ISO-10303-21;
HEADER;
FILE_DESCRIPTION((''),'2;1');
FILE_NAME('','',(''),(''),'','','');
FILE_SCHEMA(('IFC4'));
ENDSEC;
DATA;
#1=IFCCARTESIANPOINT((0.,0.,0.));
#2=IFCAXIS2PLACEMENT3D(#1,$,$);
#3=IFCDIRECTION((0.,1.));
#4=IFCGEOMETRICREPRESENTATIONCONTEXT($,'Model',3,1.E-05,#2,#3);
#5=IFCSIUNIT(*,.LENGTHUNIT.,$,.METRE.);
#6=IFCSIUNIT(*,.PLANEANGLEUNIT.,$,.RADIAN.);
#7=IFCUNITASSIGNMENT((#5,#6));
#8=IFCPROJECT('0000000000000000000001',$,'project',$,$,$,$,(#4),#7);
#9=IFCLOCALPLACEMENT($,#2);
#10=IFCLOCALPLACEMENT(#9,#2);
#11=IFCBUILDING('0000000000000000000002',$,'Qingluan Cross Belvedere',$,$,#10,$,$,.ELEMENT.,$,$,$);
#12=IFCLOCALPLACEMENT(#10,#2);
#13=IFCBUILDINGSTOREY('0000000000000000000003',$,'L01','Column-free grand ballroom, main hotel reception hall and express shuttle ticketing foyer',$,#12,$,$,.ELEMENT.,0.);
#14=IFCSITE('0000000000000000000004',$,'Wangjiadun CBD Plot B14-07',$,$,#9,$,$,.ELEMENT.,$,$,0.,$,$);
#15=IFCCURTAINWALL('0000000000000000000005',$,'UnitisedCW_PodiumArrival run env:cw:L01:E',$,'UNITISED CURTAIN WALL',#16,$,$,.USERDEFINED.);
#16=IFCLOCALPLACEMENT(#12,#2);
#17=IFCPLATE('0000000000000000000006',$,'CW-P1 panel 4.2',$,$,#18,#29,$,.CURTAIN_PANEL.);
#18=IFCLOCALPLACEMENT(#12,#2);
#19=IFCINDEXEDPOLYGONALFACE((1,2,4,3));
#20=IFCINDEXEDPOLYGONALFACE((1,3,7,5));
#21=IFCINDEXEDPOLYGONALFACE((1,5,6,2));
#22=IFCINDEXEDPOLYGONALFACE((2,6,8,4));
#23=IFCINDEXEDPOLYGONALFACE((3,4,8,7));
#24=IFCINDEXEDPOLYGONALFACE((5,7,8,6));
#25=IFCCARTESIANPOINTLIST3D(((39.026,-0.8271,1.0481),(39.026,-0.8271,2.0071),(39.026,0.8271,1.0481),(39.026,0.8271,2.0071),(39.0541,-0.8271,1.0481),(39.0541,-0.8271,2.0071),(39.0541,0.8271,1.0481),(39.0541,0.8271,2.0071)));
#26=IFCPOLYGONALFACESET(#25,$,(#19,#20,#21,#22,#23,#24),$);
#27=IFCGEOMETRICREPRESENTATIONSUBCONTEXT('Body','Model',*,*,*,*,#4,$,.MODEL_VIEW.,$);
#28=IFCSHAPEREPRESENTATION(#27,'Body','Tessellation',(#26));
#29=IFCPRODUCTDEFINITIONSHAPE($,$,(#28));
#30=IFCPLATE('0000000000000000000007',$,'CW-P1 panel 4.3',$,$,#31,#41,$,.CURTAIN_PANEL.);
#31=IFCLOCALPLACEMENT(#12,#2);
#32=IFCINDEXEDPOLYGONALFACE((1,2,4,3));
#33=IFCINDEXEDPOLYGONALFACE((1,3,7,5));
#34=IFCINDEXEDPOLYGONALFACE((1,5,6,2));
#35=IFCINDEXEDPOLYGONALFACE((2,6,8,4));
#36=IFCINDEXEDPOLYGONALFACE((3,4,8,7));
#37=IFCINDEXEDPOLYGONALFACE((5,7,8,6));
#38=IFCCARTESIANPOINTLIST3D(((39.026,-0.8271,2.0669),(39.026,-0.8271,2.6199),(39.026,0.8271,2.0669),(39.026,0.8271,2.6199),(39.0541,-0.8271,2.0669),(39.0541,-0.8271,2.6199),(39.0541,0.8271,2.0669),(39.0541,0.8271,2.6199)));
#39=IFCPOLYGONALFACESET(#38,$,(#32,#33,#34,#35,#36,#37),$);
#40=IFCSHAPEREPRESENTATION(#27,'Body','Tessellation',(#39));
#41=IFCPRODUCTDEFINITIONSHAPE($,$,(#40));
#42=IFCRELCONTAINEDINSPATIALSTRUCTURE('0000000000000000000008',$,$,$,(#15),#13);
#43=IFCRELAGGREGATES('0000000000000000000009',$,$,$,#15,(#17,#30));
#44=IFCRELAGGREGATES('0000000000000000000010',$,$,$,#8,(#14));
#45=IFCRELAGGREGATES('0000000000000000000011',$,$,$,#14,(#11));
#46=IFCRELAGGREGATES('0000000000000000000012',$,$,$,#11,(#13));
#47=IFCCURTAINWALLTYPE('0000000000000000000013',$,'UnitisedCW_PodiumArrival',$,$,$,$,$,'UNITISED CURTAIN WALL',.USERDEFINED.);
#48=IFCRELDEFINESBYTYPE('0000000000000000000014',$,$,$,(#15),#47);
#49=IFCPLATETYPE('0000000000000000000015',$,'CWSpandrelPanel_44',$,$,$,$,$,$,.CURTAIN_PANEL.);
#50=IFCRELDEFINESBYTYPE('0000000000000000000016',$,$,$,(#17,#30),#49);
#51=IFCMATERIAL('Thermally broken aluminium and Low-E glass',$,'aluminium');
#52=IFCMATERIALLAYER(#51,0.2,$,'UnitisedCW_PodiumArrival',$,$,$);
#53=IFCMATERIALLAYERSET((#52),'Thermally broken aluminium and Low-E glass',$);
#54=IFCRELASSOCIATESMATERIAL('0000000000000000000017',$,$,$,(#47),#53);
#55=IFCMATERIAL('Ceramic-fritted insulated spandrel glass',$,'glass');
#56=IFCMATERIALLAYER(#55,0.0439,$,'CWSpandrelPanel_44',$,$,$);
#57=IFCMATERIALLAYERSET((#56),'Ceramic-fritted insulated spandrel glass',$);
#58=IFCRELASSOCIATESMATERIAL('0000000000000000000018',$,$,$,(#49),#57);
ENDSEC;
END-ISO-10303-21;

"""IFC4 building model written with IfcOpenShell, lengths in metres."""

from ifc_helpers import new_model, si_unit, direction, frame, origin, origin_2d, place, context, subcontext, project, spatial, rectangle, extrude, material, layer, layer_set, type_object, element, aggregate, save


model = new_model("IFC4")

# Units and contexts
model_context = context("Model", 3, precision=1e-05, world=origin(), true_north=direction((0.0, 1.0)))
body_context = subcontext(model_context, "Body", "Model", "MODEL_VIEW")
ifc_project = project(units=[si_unit("LENGTHUNIT", "METRE"), si_unit("PLANEANGLEUNIT", "RADIAN")], contexts=[model_context])

# Site, building, storey
site_placement = place(None, origin())
site = spatial("IfcSite", under=ifc_project, at=site_placement, Name="Wangjiadun CBD Plot B14-07", CompositionType="ELEMENT", RefElevation=0.0)
building_placement = place(site_placement, origin())
building = spatial("IfcBuilding", under=site, at=building_placement, Name="Qingluan Cross Belvedere", CompositionType="ELEMENT")
storey_placement = place(building_placement, origin())
storey = spatial("IfcBuildingStorey", under=building, at=storey_placement, Name="L01", Description="Column-free grand ballroom, main hotel reception hall and express shuttle ticketing foyer", CompositionType="ELEMENT", Elevation=0.0)

# Curtain wall, plates
ifc_material_1 = material(Name="Thermally broken aluminium and Low-E glass", Category="aluminium")
ifc_layer_1 = layer(ifc_material_1, 0.2, Name="UnitisedCW_PodiumArrival")
ifc_layer_set_1 = layer_set([ifc_layer_1], Name="Thermally broken aluminium and Low-E glass")
curtain_wall_type = type_object("IfcCurtainWallType", Name="UnitisedCW_PodiumArrival", ElementType="UNITISED CURTAIN WALL", PredefinedType="USERDEFINED", material=ifc_layer_set_1)
curtain_wall_placement = place(storey_placement, origin())
curtain_wall = element("IfcCurtainWall", 1, at=curtain_wall_placement, inside=storey, type_object=curtain_wall_type, Name="UnitisedCW_PodiumArrival run env:cw:L01:E", ObjectType="UNITISED CURTAIN WALL", PredefinedType="USERDEFINED")
ifc_material_2 = material(Name="Ceramic-fritted insulated spandrel glass", Category="glass")
ifc_layer_2 = layer(ifc_material_2, 0.0439, Name="CWSpandrelPanel_44")
ifc_layer_set_2 = layer_set([ifc_layer_2], Name="Ceramic-fritted insulated spandrel glass")
plate_type = type_object("IfcPlateType", Name="CWSpandrelPanel_44", PredefinedType="CURTAIN_PANEL", material=ifc_layer_set_2)
plate_1_placement = place(storey_placement, frame((39.04, 0.0, 1.0481), z_axis=(0.0, 0.0, 1.0), x_axis=(0.0, -1.0, 0.0)))
plate_1 = element("IfcPlate", 2, at=plate_1_placement, type_object=plate_type, Name="CW-P1 panel 4.2", PredefinedType="CURTAIN_PANEL", context=body_context, shape_type="SweptSolid", body=[
    extrude(rectangle(XDim=1.6543, YDim=0.0281, at=origin_2d()), origin(), (0.0, 0.0, 1.0), 0.959),
])
plate_2_placement = place(storey_placement, frame((39.04, 0.0, 2.0669), z_axis=(0.0, 0.0, 1.0), x_axis=(0.0, -1.0, 0.0)))
plate_2 = element("IfcPlate", 3, at=plate_2_placement, type_object=plate_type, Name="CW-P1 panel 4.3", PredefinedType="CURTAIN_PANEL", context=body_context, shape_type="SweptSolid", body=[
    extrude(rectangle(XDim=1.6543, YDim=0.0281, at=origin_2d()), origin(), (0.0, 0.0, 1.0), 0.553),
])
aggregate(curtain_wall, [plate_1, plate_2])

save(model, "model.ifc")
